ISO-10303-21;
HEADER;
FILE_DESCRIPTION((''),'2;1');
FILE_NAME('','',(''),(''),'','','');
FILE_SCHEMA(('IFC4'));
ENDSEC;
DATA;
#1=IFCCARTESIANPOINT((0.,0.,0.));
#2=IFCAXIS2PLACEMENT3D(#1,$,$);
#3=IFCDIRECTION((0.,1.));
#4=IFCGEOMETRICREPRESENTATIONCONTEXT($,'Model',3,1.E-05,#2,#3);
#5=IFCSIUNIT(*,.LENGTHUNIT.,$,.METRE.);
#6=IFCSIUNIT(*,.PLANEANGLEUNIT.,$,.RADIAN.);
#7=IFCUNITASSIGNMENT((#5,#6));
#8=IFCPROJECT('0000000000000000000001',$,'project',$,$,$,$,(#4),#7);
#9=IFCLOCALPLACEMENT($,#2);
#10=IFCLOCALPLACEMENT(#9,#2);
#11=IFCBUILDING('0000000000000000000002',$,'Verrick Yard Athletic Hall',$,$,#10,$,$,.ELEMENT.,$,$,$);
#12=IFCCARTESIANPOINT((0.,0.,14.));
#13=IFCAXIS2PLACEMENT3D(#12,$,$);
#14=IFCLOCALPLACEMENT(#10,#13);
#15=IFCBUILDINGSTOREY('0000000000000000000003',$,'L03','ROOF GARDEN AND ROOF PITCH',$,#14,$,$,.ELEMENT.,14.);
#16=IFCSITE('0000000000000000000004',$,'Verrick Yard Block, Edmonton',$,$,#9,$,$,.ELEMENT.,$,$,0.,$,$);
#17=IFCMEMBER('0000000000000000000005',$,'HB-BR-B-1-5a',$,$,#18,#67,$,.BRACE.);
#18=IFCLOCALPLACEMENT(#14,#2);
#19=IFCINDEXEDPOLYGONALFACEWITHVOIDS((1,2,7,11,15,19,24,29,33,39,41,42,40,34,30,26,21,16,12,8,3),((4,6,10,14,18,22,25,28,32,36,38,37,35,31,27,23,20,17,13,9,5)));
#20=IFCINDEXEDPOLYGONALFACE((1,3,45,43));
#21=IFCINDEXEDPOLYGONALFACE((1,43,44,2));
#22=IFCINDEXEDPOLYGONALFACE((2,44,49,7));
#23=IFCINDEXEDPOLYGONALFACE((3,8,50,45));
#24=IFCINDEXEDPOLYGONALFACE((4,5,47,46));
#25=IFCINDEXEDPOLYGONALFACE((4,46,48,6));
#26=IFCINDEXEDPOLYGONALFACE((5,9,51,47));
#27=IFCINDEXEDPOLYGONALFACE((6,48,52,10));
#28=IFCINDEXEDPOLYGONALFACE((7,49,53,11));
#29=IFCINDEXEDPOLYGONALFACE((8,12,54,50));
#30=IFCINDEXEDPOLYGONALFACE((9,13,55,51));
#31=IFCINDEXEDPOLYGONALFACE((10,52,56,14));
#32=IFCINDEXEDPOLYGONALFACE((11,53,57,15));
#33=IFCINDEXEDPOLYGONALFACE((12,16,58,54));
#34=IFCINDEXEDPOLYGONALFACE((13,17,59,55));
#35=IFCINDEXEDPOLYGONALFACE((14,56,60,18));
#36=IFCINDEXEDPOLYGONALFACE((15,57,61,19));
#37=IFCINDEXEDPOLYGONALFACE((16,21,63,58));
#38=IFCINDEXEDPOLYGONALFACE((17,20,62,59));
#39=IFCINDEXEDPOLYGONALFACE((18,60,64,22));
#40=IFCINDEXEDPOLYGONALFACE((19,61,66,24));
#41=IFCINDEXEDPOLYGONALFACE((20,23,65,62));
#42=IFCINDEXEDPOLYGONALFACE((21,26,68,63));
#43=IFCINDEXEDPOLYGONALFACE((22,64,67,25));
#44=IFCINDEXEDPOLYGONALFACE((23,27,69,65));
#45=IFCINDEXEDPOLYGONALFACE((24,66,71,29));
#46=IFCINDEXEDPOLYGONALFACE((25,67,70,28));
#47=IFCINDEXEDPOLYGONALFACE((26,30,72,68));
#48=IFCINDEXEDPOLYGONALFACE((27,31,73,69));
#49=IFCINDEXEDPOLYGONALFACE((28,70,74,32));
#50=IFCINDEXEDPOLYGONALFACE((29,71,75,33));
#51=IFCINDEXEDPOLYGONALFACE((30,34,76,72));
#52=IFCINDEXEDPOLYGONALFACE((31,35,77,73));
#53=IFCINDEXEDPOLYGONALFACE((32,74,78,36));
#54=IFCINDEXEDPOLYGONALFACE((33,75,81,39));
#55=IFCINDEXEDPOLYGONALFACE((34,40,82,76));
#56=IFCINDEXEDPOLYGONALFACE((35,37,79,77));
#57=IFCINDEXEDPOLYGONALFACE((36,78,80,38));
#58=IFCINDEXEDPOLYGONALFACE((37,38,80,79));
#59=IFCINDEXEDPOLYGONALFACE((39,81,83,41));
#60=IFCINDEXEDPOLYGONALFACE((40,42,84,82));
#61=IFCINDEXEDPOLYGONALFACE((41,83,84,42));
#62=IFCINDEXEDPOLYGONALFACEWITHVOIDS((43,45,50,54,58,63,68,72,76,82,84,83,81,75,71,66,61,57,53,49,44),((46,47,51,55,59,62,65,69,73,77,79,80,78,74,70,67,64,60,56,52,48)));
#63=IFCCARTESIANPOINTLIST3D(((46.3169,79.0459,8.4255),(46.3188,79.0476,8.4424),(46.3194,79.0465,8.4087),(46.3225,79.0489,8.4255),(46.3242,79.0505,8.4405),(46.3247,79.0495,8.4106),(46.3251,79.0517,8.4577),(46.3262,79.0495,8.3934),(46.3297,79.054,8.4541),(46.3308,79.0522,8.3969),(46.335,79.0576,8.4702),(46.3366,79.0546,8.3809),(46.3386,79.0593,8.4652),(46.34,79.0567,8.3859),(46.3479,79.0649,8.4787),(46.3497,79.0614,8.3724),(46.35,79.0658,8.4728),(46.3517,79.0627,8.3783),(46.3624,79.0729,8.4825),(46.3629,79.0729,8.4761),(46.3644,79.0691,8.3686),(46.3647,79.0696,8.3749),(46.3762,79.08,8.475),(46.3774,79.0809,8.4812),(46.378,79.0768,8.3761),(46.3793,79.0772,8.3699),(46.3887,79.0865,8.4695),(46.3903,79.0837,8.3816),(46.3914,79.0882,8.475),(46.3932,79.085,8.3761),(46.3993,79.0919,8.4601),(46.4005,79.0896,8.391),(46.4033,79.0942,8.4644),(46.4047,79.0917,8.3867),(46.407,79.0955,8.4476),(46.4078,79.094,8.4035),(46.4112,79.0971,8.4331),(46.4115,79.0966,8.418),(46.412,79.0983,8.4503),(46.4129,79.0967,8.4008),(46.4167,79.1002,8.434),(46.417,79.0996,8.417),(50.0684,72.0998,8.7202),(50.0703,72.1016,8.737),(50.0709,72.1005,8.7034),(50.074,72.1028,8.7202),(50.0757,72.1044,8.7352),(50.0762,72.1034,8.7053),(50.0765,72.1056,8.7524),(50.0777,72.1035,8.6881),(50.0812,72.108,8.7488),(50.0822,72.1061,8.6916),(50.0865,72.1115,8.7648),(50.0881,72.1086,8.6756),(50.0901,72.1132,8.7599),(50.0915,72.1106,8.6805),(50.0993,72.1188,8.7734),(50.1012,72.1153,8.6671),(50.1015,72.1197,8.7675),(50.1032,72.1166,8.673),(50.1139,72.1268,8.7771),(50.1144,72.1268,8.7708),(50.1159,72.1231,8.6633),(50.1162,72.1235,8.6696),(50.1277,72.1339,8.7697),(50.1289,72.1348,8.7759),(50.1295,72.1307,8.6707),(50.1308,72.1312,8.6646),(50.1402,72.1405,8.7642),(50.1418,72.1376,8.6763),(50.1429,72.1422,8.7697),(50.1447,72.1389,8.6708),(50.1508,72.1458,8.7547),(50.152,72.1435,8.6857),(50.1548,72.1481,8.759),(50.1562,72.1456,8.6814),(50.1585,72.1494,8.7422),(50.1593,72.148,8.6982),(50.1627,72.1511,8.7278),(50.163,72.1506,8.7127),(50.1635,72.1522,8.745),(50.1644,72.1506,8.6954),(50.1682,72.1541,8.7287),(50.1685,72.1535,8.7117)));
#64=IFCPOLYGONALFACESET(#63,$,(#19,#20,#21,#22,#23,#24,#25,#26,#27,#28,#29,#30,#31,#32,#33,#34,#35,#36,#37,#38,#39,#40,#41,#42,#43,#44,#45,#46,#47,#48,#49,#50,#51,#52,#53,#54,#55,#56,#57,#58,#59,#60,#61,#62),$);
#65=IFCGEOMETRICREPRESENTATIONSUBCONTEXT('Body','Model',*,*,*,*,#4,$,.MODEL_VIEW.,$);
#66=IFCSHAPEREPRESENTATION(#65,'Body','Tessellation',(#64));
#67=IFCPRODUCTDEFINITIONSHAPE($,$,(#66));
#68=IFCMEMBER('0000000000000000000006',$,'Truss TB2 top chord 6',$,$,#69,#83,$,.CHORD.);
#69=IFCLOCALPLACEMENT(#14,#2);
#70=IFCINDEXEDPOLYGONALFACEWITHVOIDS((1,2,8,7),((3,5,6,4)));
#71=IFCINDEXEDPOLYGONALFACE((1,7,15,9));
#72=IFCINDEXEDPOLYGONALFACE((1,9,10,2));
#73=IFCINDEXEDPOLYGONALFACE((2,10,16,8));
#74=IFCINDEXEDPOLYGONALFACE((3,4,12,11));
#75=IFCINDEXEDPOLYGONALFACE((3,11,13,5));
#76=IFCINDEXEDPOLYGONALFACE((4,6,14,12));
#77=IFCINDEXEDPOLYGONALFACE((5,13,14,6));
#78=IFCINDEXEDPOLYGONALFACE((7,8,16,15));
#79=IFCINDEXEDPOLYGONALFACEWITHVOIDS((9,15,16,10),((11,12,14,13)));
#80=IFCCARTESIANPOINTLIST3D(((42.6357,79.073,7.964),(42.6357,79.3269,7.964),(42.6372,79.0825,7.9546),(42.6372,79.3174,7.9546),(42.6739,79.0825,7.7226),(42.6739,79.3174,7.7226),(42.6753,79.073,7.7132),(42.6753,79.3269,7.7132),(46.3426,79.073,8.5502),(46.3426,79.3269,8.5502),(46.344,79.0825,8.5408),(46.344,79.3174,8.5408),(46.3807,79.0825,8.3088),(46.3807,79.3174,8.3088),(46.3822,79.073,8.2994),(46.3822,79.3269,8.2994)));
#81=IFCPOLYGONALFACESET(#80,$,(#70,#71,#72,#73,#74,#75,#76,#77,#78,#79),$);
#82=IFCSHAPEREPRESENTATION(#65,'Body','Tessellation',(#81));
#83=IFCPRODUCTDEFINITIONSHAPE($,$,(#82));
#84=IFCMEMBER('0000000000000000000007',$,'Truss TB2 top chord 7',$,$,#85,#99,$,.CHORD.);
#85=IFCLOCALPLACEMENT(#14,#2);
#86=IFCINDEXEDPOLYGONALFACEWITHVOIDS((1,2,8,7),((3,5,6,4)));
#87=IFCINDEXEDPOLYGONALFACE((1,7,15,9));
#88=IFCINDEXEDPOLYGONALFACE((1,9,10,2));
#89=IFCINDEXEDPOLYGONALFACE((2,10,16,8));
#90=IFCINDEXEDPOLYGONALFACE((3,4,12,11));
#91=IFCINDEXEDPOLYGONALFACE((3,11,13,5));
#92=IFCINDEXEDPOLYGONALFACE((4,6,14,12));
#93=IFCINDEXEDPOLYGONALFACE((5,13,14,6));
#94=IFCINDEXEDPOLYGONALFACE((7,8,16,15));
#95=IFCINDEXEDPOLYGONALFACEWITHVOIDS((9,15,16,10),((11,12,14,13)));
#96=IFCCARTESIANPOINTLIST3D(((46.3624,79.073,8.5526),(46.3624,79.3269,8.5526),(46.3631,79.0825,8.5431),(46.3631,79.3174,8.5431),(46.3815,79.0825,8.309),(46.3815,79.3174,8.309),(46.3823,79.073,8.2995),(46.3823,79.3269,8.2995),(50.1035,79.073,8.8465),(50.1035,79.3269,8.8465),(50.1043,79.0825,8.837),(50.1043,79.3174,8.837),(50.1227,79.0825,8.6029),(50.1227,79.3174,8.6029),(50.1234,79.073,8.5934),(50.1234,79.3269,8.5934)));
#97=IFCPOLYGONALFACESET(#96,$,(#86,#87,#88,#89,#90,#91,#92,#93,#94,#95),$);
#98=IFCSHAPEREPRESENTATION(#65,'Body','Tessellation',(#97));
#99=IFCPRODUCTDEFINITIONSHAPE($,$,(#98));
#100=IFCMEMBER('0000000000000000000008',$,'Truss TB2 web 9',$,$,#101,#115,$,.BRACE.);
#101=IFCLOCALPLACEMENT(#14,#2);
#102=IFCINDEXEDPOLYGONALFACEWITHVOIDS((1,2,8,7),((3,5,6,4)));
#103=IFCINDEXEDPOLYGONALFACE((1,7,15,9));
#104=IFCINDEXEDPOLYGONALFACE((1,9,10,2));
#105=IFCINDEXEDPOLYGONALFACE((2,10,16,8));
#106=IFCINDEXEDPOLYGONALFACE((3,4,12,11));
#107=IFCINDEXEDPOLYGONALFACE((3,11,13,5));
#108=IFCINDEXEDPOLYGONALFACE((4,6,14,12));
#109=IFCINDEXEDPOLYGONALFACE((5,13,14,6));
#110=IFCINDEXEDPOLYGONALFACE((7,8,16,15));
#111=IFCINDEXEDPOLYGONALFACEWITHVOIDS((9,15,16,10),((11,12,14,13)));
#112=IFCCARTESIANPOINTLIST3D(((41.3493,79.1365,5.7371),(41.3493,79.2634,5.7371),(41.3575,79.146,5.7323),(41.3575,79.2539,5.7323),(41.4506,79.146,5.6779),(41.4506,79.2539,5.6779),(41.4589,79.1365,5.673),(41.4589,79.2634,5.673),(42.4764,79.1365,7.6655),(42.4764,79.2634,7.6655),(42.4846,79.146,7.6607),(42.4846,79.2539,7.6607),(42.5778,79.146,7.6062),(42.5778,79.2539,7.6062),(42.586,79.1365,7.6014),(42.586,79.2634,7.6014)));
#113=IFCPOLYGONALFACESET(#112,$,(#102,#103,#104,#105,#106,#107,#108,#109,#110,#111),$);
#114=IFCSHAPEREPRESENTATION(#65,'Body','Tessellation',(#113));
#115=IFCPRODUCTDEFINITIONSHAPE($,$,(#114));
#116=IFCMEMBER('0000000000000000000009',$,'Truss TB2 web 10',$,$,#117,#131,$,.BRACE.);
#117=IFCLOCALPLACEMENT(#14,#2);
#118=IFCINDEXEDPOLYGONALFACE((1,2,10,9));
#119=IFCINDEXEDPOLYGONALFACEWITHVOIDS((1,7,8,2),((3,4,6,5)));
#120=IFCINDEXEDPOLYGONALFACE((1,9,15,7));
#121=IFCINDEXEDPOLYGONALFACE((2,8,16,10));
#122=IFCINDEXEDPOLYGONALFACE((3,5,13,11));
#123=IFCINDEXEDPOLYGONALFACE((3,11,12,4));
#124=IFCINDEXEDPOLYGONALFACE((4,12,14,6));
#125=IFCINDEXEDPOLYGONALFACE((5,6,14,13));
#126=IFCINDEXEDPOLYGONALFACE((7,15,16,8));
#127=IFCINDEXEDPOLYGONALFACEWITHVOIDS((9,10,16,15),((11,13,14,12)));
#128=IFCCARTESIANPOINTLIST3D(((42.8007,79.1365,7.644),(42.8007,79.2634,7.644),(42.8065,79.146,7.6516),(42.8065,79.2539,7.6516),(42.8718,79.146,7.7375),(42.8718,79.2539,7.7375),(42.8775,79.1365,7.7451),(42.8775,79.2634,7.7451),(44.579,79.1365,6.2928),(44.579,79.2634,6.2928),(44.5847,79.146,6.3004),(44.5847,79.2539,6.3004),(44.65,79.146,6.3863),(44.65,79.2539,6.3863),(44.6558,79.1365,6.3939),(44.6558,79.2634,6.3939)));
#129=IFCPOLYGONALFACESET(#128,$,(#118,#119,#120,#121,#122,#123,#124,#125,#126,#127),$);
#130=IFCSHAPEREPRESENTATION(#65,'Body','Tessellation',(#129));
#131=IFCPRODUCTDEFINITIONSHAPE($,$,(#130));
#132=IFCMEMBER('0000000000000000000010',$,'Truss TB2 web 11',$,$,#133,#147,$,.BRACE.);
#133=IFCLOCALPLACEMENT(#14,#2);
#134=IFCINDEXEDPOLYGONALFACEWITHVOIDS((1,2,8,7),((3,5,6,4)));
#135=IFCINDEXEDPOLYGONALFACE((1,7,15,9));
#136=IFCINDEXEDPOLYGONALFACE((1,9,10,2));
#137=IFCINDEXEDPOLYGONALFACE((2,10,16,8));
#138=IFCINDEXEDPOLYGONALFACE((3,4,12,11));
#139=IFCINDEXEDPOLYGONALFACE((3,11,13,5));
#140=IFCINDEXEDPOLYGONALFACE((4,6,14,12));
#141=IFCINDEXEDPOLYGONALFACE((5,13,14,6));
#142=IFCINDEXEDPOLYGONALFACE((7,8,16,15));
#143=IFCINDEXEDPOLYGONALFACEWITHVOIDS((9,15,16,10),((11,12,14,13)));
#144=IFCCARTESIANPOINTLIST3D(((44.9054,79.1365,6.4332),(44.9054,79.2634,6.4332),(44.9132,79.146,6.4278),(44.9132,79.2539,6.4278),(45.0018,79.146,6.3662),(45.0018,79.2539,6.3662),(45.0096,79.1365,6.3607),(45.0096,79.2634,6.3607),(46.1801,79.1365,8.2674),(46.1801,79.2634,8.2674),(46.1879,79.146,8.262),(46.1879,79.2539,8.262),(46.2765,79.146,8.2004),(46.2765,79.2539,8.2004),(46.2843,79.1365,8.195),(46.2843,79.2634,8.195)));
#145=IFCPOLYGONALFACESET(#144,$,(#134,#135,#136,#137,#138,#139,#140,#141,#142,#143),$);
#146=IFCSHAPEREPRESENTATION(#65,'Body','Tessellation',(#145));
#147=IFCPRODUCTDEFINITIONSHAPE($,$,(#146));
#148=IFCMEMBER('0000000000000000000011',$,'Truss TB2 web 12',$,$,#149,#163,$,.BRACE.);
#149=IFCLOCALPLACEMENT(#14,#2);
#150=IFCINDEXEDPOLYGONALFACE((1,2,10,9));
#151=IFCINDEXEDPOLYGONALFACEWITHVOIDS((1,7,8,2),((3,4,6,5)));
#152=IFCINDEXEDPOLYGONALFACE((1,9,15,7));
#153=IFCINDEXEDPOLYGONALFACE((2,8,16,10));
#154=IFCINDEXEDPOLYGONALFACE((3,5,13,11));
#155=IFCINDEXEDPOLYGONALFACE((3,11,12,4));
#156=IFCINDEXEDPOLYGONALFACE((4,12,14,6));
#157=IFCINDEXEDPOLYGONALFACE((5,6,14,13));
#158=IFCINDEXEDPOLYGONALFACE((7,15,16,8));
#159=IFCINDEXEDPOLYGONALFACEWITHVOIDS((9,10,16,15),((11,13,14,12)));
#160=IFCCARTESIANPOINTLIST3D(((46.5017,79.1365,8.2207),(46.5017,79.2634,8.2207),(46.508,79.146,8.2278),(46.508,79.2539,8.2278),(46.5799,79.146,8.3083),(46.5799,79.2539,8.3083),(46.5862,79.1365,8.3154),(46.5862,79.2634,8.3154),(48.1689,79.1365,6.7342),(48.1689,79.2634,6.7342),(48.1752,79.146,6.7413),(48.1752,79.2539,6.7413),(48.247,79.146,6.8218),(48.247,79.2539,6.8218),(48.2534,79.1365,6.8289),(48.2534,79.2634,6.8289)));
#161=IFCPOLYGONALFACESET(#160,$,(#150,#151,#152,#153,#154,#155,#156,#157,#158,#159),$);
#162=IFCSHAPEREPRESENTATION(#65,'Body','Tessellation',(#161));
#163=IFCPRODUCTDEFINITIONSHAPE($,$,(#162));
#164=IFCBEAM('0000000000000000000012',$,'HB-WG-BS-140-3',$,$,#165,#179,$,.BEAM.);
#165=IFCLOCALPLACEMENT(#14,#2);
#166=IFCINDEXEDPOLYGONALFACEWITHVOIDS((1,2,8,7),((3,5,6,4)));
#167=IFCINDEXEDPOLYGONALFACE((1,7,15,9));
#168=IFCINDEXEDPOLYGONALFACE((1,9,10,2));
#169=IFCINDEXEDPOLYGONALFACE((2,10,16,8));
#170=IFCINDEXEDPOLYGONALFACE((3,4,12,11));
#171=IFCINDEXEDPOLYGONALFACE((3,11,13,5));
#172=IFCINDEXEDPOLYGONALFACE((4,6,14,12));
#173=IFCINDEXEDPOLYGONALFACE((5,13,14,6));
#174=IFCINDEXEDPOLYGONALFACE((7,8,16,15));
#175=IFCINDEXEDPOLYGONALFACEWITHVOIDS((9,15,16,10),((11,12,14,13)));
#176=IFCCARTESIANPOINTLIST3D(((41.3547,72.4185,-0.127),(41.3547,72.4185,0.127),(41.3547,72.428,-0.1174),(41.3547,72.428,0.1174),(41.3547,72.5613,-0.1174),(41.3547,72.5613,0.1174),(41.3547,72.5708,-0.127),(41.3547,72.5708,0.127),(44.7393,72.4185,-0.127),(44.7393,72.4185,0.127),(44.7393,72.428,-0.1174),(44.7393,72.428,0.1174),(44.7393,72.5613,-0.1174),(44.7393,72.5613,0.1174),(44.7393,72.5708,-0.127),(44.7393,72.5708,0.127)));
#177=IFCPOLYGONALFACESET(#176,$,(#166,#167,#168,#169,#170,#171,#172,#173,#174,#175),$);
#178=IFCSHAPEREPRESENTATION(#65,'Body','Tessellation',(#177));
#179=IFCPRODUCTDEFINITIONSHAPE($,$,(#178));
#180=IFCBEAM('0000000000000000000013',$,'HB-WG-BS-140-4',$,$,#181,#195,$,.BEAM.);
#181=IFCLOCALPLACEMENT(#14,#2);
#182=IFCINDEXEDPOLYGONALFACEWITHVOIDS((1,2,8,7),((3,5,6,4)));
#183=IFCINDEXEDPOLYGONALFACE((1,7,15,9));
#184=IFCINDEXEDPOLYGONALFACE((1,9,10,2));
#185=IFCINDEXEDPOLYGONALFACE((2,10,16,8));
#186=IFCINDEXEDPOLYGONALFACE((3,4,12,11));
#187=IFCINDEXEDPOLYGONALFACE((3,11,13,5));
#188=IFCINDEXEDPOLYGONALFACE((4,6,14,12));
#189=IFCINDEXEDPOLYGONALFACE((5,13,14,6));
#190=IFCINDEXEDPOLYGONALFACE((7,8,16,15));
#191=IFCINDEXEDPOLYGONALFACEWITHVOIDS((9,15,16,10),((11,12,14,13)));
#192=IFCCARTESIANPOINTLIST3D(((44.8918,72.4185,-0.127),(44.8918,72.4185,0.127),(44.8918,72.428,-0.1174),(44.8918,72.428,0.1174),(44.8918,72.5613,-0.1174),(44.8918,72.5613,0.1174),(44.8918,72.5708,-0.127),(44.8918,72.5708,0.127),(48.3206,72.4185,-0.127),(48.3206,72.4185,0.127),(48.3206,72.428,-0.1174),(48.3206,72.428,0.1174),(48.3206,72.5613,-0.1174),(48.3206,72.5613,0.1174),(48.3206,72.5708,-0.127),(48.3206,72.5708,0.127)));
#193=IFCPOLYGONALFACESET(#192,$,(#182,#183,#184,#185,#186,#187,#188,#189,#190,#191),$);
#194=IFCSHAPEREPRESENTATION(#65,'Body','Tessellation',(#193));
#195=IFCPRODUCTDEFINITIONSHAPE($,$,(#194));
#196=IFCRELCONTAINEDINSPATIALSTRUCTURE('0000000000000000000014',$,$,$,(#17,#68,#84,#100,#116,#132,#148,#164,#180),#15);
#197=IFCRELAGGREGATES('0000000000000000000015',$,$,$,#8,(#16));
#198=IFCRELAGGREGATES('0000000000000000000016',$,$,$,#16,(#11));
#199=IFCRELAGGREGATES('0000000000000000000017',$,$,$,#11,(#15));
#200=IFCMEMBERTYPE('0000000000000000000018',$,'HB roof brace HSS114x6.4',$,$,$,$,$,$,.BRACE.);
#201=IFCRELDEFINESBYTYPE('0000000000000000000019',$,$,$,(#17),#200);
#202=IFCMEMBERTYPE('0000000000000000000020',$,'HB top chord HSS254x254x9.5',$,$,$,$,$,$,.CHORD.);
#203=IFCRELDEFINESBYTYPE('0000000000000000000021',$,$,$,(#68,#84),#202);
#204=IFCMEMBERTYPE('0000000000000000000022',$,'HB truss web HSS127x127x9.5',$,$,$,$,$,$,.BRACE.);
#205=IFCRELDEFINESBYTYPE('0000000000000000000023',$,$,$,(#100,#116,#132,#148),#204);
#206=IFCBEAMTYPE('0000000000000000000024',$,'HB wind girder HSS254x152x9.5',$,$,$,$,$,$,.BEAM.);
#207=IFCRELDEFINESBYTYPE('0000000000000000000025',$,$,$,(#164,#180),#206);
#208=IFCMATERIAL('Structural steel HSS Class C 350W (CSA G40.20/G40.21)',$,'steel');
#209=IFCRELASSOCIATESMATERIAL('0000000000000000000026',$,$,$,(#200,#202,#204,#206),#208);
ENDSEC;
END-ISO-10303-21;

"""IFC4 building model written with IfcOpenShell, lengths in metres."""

from ifc_helpers import new_model, si_unit, direction, frame, origin, origin_2d, place, context, subcontext, project, spatial, hollow_rectangle, hollow_circle, extrude, material, material_profile, profile_set, type_object, element, save


model = new_model("IFC4")

# Units and contexts
model_context = context("Model", 3, precision=1e-05, world=origin(), true_north=direction((0.0, 1.0)))
body_context = subcontext(model_context, "Body", "Model", "MODEL_VIEW")
ifc_project = project(units=[si_unit("LENGTHUNIT", "METRE"), si_unit("PLANEANGLEUNIT", "RADIAN")], contexts=[model_context])

# Site, building, storey
site_placement = place(None, origin())
site = spatial("IfcSite", under=ifc_project, at=site_placement, Name="Verrick Yard Block, Edmonton", CompositionType="ELEMENT", RefElevation=0.0)
building_placement = place(site_placement, origin())
building = spatial("IfcBuilding", under=site, at=building_placement, Name="Verrick Yard Athletic Hall", CompositionType="ELEMENT")
storey_placement = place(building_placement, frame((0.0, 0.0, 14.0)))
storey = spatial("IfcBuildingStorey", under=building, at=storey_placement, Name="L03", Description="ROOF GARDEN AND ROOF PITCH", CompositionType="ELEMENT", Elevation=14.0)

# Members
ifc_material_1 = material(Name="Structural steel HSS Class C 350W (CSA G40.20/G40.21)", Category="steel")
ifc_material_profile_1 = material_profile(ifc_material_1, hollow_circle(Radius=0.0571, WallThickness=0.0063, at=origin_2d()), Name="HSS114x6.4")
ifc_profile_set_1 = profile_set([ifc_material_profile_1], Name="Structural steel HSS Class C 350W (CSA G40.20/G40.21)")
member_type_1 = type_object("IfcMemberType", Name="HB roof brace HSS114x6.4", PredefinedType="BRACE", material=ifc_profile_set_1)
member_1_placement = place(storey_placement, frame((50.1187, 72.127, 8.7202), z_axis=(-0.474877, 0.879261, -0.037302), x_axis=(-0.879874, -0.475208, 0.0)))
element("IfcMember", 1, at=member_1_placement, inside=storey, type_object=member_type_1, Name="HB-BR-B-1-5a", PredefinedType="BRACE", context=body_context, shape_type="SweptSolid", body=[
    extrude(hollow_circle(Radius=0.0571, WallThickness=0.0063, at=origin_2d()), origin(), (0.0, 0.0, 1.0), 7.8999),
])
ifc_material_profile_2 = material_profile(ifc_material_1, hollow_rectangle(XDim=0.2539, YDim=0.2539, WallThickness=0.0095, at=origin_2d()), Name="HSS254x254x9.5")
ifc_profile_set_2 = profile_set([ifc_material_profile_2], Name="Structural steel HSS Class C 350W (CSA G40.20/G40.21)")
member_type_2 = type_object("IfcMemberType", Name="HB top chord HSS254x254x9.5", PredefinedType="CHORD", material=ifc_profile_set_2)
member_2_placement = place(storey_placement, frame((42.6555, 79.2, 7.8386), z_axis=(0.987726, 0.0, 0.156196), x_axis=(0.0, 1.0, 0.0)))
element("IfcMember", 2, at=member_2_placement, inside=storey, type_object=member_type_2, Name="Truss TB2 top chord 6", PredefinedType="CHORD", context=body_context, shape_type="SweptSolid", body=[
    extrude(hollow_rectangle(XDim=0.2539, YDim=0.2539, WallThickness=0.0095, at=origin_2d()), origin(), (0.0, 0.0, 1.0), 3.7529),
])
member_3_placement = place(storey_placement, frame((46.3723, 79.2, 8.426), z_axis=(0.996928, 0.0, 0.078328), x_axis=(0.0, 1.0, 0.0)))
element("IfcMember", 3, at=member_3_placement, inside=storey, type_object=member_type_2, Name="Truss TB2 top chord 7", PredefinedType="CHORD", context=body_context, shape_type="SweptSolid", body=[
    extrude(hollow_rectangle(XDim=0.2539, YDim=0.2539, WallThickness=0.0095, at=origin_2d()), origin(), (0.0, 0.0, 1.0), 3.7527),
])
ifc_material_profile_3 = material_profile(ifc_material_1, hollow_rectangle(XDim=0.127, YDim=0.127, WallThickness=0.0095, at=origin_2d()), Name="HSS127x127x9.5")
ifc_profile_set_3 = profile_set([ifc_material_profile_3], Name="Structural steel HSS Class C 350W (CSA G40.20/G40.21)")
member_type_3 = type_object("IfcMemberType", Name="HB truss web HSS127x127x9.5", PredefinedType="BRACE", material=ifc_profile_set_3)
member_4_placement = place(storey_placement, frame((41.4041, 79.2, 5.7051), z_axis=(0.504625, 0.0, 0.863339), x_axis=(0.0, 1.0, 0.0)))
element("IfcMember", 4, at=member_4_placement, inside=storey, type_object=member_type_3, Name="Truss TB2 web 9", PredefinedType="BRACE", context=body_context, shape_type="SweptSolid", body=[
    extrude(hollow_rectangle(XDim=0.127, YDim=0.127, WallThickness=0.0095, at=origin_2d()), origin(), (0.0, 0.0, 1.0), 2.2336),
])
member_5_placement = place(storey_placement, frame((42.8391, 79.2, 7.6946), z_axis=(0.796206, 0.0, -0.605025), x_axis=(0.0, 1.0, 0.0)))
element("IfcMember", 5, at=member_5_placement, inside=storey, type_object=member_type_3, Name="Truss TB2 web 10", PredefinedType="BRACE", context=body_context, shape_type="SweptSolid", body=[
    extrude(hollow_rectangle(XDim=0.127, YDim=0.127, WallThickness=0.0095, at=origin_2d()), origin(), (0.0, 0.0, 1.0), 2.2334),
])
for number, where, z_axis, x_axis, name in (
    (6, (44.9575, 79.2, 6.397), (0.570664, 0.0, 0.821184), (0.0, 1.0, 0.0), "Truss TB2 web 11"),
    (7, (46.5439, 79.2, 8.2681), (0.746389, 0.0, -0.66551), (0.0, 1.0, 0.0), "Truss TB2 web 12"),
):
    element("IfcMember", number, at=place(storey_placement, frame(where, z_axis=z_axis, x_axis=x_axis)), inside=storey, type_object=member_type_3, Name=name, PredefinedType="BRACE", context=body_context, shape_type="SweptSolid", body=[
        extrude(hollow_rectangle(XDim=0.127, YDim=0.127, WallThickness=0.0095, at=origin_2d()), origin(), (0.0, 0.0, 1.0), 2.2336),
    ])

# Beams
ifc_material_profile_4 = material_profile(ifc_material_1, hollow_rectangle(XDim=0.1523, YDim=0.2539, WallThickness=0.0095, at=origin_2d()), Name="HSS254x152x9.5")
ifc_profile_set_4 = profile_set([ifc_material_profile_4], Name="Structural steel HSS Class C 350W (CSA G40.20/G40.21)")
beam_type = type_object("IfcBeamType", Name="HB wind girder HSS254x152x9.5", PredefinedType="BEAM", material=ifc_profile_set_4)
beam_1_placement = place(storey_placement, frame((41.3547, 72.4946, 0.0), z_axis=(1.0, 0.0, 0.0), x_axis=(0.0, 1.0, 0.0)))
element("IfcBeam", 8, at=beam_1_placement, inside=storey, type_object=beam_type, Name="HB-WG-BS-140-3", PredefinedType="BEAM", context=body_context, shape_type="SweptSolid", body=[
    extrude(hollow_rectangle(XDim=0.1523, YDim=0.2539, WallThickness=0.0095, at=origin_2d()), origin(), (0.0, 0.0, 1.0), 3.3845),
])
beam_2_placement = place(storey_placement, frame((44.8918, 72.4946, 0.0), z_axis=(1.0, 0.0, 0.0), x_axis=(0.0, 1.0, 0.0)))
element("IfcBeam", 9, at=beam_2_placement, inside=storey, type_object=beam_type, Name="HB-WG-BS-140-4", PredefinedType="BEAM", context=body_context, shape_type="SweptSolid", body=[
    extrude(hollow_rectangle(XDim=0.1523, YDim=0.2539, WallThickness=0.0095, at=origin_2d()), origin(), (0.0, 0.0, 1.0), 3.4287),
])

save(model, "model.ifc")
